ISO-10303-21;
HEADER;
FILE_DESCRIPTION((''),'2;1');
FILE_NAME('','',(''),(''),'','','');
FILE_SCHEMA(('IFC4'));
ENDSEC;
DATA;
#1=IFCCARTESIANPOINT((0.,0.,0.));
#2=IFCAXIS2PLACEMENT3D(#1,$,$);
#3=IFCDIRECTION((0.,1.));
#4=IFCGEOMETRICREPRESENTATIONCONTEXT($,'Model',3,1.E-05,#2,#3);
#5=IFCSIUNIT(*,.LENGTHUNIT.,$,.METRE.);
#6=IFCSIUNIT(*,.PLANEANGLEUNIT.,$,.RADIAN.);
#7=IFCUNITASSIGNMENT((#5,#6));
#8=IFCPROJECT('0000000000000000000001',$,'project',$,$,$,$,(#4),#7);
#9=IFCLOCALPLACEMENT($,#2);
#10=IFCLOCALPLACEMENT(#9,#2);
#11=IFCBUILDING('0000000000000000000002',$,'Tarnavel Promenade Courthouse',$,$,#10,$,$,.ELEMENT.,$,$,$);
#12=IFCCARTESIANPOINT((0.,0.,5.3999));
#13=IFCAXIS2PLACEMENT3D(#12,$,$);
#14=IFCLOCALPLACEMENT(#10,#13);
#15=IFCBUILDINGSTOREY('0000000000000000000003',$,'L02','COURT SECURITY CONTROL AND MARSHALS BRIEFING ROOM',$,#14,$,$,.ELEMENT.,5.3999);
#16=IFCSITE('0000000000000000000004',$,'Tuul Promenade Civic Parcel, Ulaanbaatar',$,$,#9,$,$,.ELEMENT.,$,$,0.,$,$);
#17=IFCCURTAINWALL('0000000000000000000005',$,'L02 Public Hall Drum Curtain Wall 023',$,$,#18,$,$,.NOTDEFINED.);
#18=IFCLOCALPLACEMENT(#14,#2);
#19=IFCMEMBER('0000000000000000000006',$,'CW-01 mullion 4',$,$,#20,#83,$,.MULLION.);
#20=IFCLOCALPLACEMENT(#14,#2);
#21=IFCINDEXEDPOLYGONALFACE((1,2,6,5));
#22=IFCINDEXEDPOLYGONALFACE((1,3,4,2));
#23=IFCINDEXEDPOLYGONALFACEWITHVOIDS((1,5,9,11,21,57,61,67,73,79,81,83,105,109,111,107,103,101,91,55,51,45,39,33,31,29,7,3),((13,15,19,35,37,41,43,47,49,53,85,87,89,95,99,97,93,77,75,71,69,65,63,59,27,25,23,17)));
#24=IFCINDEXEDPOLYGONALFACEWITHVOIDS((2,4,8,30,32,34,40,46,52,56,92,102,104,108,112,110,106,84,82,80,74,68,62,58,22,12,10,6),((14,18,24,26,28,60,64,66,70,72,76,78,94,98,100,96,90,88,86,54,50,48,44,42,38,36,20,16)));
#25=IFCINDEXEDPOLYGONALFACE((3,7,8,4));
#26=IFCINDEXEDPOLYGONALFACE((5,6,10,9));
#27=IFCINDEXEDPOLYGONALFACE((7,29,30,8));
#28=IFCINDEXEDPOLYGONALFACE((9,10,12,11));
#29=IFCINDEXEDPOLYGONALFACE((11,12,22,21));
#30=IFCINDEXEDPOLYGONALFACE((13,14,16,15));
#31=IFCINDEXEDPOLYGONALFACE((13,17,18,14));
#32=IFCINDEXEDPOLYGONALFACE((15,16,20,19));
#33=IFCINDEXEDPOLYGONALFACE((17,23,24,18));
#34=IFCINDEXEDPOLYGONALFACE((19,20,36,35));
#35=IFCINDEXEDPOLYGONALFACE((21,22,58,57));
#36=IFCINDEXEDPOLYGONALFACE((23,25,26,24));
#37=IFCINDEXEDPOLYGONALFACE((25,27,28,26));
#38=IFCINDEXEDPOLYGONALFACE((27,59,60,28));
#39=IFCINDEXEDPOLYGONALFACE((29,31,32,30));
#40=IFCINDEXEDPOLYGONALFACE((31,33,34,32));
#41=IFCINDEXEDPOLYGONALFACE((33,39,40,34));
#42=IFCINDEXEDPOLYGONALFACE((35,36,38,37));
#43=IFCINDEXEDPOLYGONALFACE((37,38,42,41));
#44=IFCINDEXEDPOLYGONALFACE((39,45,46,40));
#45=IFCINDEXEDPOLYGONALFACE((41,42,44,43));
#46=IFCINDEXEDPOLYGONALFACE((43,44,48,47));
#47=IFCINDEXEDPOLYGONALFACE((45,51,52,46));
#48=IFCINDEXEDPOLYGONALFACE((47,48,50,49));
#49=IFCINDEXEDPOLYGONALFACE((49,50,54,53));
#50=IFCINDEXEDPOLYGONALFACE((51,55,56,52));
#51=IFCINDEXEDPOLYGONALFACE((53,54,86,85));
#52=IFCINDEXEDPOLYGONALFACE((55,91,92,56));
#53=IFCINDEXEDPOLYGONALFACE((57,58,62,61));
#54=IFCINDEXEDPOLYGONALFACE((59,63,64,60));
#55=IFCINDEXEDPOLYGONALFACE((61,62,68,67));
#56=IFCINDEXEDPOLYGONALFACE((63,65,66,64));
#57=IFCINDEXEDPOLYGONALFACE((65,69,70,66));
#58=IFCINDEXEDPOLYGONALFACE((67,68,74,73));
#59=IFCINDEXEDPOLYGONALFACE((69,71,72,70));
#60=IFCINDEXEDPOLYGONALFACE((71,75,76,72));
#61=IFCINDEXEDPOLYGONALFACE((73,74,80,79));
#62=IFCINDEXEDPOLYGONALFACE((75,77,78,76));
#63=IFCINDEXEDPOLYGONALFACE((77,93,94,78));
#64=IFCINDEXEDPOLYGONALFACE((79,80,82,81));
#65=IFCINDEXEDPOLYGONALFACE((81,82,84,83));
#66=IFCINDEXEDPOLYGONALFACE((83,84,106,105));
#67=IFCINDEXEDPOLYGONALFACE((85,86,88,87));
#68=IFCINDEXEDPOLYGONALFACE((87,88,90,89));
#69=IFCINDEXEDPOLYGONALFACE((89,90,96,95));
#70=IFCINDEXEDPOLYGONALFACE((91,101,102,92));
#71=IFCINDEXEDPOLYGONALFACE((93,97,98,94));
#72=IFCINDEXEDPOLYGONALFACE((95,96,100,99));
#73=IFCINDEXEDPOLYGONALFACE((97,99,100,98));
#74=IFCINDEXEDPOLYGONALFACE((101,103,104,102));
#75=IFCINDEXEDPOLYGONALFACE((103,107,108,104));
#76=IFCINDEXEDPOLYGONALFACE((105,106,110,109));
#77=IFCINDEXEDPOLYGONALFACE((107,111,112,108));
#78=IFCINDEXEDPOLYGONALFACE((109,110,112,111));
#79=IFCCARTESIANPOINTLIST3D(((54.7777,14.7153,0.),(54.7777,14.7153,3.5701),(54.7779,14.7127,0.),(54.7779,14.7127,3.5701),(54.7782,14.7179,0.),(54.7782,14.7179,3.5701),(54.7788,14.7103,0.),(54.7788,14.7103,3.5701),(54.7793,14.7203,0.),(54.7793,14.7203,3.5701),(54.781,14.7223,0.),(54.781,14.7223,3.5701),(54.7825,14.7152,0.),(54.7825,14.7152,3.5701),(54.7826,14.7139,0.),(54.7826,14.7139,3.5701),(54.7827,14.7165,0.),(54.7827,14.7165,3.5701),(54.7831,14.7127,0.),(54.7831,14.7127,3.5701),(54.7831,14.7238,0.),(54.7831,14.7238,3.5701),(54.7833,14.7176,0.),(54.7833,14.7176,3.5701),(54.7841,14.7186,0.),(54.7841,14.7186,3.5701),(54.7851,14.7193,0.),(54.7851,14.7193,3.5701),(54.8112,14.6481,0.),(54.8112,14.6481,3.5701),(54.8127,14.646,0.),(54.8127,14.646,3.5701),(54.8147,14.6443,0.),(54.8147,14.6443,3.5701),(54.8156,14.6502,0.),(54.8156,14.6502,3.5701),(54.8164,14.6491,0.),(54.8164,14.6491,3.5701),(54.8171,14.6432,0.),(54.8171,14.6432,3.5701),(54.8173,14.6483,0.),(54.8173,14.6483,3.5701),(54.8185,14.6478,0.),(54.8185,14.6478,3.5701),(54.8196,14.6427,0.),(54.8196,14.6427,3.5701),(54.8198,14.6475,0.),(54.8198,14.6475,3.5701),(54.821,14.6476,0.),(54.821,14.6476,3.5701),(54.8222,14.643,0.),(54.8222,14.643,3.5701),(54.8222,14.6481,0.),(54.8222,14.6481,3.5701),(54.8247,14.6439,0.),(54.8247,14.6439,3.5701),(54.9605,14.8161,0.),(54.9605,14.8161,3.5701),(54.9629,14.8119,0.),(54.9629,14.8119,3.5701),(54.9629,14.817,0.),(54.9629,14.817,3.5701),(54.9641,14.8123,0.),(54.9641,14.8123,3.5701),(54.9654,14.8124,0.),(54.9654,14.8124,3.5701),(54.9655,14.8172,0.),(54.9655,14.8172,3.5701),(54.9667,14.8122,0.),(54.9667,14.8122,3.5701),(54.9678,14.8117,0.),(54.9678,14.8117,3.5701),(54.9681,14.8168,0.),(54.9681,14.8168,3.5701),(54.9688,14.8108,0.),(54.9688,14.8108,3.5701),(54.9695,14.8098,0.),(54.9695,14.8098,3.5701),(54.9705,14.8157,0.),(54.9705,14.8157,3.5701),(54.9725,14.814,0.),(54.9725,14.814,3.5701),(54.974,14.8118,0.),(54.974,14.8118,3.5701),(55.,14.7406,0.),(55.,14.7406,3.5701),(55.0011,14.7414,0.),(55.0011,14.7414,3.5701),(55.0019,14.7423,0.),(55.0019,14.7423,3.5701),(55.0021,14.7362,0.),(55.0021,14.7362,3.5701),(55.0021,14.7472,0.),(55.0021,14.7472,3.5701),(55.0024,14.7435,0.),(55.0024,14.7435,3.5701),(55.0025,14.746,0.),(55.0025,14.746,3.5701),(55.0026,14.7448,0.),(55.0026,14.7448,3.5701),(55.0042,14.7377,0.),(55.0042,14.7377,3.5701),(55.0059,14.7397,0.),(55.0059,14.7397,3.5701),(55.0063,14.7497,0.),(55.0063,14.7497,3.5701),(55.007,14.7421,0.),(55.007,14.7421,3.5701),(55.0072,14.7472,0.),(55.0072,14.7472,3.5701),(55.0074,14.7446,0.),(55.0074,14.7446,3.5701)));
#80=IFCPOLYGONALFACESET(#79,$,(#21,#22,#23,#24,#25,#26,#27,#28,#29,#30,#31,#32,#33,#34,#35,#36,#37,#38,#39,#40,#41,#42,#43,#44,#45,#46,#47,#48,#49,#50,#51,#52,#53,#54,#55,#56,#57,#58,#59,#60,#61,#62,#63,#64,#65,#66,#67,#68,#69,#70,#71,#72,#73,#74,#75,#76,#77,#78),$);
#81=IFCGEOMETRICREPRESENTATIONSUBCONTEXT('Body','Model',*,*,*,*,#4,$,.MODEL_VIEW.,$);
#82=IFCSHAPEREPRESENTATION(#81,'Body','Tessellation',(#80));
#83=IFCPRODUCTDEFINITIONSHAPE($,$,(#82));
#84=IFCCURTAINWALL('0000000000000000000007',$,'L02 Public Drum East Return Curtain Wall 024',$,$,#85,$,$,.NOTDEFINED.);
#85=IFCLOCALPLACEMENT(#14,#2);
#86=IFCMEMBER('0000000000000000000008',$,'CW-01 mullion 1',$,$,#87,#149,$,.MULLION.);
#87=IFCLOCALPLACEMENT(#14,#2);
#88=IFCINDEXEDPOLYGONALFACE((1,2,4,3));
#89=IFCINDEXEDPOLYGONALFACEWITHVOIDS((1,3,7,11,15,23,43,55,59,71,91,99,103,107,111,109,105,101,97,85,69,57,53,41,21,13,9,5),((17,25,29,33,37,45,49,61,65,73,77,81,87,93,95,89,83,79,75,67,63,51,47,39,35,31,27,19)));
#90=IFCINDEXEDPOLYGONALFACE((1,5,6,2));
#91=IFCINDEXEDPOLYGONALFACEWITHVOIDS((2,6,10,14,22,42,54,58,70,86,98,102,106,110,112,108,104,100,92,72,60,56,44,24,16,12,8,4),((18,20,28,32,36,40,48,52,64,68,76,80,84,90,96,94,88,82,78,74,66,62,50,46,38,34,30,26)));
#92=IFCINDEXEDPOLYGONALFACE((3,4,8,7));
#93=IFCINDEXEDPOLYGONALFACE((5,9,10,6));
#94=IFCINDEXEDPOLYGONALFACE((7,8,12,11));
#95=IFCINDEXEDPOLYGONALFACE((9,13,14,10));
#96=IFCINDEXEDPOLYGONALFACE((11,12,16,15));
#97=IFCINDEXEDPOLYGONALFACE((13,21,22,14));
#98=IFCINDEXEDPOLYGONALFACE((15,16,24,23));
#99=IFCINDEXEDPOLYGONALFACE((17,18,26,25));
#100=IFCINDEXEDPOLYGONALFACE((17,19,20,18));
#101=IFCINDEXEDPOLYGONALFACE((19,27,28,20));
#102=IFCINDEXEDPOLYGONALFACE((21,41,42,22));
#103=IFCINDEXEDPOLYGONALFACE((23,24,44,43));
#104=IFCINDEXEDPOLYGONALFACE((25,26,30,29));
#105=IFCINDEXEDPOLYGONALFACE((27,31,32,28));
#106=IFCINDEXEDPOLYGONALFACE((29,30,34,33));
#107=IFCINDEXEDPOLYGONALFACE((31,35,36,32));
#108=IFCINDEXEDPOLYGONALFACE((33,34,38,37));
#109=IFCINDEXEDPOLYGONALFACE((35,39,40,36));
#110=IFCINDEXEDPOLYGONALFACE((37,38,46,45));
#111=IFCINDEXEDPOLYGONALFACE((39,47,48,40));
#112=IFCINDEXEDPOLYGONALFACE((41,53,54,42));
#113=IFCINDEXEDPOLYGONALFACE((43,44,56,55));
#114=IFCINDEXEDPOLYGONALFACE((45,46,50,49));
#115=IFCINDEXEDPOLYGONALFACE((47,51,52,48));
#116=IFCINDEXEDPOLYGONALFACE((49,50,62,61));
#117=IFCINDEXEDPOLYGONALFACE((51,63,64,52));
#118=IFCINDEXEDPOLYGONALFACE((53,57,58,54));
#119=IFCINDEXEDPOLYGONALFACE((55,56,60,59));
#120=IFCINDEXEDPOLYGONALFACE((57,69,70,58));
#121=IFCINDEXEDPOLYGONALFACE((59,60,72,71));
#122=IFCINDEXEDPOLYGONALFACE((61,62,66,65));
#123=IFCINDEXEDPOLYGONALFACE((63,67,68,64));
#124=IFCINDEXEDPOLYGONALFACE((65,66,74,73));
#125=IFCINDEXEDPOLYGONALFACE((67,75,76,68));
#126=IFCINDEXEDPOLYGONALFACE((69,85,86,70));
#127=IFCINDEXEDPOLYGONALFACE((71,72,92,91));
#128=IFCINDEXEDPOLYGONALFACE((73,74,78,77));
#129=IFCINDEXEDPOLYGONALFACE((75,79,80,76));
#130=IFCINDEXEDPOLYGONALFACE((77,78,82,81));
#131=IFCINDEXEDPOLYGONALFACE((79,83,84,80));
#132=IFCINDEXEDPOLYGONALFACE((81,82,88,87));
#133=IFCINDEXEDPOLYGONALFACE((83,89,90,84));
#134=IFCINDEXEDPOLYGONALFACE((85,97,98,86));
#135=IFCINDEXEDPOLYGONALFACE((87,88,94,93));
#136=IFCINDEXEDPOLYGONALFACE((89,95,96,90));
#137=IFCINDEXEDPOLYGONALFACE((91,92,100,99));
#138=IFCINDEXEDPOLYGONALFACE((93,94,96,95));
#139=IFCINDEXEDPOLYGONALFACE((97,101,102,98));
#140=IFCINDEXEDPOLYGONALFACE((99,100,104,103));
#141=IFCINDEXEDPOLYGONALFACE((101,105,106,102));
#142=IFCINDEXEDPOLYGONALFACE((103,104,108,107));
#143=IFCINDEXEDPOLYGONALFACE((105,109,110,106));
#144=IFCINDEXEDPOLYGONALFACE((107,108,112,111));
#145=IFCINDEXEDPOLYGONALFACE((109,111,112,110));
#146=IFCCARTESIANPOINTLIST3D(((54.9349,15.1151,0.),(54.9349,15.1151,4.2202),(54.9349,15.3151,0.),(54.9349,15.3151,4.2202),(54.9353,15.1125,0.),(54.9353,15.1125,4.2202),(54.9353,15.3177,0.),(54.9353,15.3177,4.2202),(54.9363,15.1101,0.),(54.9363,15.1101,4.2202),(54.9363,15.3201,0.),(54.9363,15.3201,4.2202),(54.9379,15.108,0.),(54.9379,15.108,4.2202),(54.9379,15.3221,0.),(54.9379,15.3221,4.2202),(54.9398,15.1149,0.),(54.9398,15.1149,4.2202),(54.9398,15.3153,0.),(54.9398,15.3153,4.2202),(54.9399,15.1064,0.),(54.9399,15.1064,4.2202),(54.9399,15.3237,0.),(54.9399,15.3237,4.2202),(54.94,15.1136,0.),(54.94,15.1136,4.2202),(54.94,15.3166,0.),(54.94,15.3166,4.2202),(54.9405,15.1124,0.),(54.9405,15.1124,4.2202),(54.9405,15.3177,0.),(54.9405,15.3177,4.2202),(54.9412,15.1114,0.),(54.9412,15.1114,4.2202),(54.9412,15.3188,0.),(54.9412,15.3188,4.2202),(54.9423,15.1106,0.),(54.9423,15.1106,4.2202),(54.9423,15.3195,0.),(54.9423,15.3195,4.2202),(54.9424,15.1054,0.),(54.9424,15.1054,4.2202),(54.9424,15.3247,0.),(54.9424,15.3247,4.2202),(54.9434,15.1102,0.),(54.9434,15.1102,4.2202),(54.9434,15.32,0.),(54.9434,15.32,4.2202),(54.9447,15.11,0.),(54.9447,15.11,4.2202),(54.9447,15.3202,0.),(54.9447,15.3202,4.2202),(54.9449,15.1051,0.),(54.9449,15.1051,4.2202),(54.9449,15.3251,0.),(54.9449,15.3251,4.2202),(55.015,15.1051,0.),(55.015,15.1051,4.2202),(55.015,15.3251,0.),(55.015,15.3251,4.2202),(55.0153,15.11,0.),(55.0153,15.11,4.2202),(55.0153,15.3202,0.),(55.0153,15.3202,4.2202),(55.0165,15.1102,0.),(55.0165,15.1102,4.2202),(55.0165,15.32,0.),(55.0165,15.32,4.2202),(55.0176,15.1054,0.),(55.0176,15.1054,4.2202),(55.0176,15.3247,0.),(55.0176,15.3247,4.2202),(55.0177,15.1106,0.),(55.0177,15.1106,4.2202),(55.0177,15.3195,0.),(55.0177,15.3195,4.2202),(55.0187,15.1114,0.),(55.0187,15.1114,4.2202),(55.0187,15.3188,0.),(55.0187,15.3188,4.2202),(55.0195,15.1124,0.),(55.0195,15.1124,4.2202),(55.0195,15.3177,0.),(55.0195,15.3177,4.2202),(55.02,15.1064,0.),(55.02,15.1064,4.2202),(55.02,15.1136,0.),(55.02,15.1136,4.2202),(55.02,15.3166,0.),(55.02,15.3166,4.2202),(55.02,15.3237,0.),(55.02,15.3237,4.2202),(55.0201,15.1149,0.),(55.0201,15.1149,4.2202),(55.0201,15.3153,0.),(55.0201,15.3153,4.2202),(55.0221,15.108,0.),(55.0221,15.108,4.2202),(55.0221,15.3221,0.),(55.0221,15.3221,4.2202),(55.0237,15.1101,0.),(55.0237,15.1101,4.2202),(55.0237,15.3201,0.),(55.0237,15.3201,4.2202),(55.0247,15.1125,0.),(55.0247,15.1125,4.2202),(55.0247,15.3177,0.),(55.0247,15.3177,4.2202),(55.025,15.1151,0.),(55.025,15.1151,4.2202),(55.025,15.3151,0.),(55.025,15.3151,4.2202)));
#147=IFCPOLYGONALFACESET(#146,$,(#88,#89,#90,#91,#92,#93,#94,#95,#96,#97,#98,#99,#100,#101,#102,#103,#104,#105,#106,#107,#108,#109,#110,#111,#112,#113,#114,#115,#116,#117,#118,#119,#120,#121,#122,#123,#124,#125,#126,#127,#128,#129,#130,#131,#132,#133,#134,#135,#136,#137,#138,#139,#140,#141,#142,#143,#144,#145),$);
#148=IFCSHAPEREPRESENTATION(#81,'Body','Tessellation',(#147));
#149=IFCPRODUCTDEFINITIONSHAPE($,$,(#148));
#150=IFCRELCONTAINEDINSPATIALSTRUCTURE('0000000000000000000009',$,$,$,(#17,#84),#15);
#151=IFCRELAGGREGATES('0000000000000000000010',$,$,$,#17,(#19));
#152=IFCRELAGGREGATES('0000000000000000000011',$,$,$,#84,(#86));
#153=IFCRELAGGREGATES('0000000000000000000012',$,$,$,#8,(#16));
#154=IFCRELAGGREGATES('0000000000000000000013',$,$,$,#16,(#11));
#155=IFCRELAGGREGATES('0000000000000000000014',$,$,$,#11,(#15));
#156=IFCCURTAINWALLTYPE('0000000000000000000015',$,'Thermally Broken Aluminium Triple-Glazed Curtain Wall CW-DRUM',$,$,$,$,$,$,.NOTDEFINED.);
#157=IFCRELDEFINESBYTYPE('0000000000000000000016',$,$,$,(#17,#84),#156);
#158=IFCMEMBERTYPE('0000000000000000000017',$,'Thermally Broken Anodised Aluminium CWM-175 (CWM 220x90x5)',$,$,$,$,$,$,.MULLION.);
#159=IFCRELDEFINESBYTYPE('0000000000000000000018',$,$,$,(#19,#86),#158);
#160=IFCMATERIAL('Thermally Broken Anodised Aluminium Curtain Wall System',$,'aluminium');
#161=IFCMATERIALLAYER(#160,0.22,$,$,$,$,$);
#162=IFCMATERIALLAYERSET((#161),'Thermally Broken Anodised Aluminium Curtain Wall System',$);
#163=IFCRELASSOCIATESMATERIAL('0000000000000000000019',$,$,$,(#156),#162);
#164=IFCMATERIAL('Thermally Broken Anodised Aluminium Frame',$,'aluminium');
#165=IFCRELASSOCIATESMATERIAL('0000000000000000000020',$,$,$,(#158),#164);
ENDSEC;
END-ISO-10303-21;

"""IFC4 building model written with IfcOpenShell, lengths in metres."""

from ifc_helpers import new_model, si_unit, direction, frame, origin, origin_2d, place, context, subcontext, project, spatial, hollow_rectangle, extrude, material, layer, layer_set, material_profile, profile_set, type_object, element, aggregate, save


model = new_model("IFC4")

# Units and contexts
model_context = context("Model", 3, precision=1e-05, world=origin(), true_north=direction((0.0, 1.0)))
body_context = subcontext(model_context, "Body", "Model", "MODEL_VIEW")
ifc_project = project(units=[si_unit("LENGTHUNIT", "METRE"), si_unit("PLANEANGLEUNIT", "RADIAN")], contexts=[model_context])

# Site, building, storey
site_placement = place(None, origin())
site = spatial("IfcSite", under=ifc_project, at=site_placement, Name="Tuul Promenade Civic Parcel, Ulaanbaatar", CompositionType="ELEMENT", RefElevation=0.0)
building_placement = place(site_placement, origin())
building = spatial("IfcBuilding", under=site, at=building_placement, Name="Tarnavel Promenade Courthouse", CompositionType="ELEMENT")
storey_placement = place(building_placement, frame((0.0, 0.0, 5.3999)))
storey = spatial("IfcBuildingStorey", under=building, at=storey_placement, Name="L02", Description="COURT SECURITY CONTROL AND MARSHALS BRIEFING ROOM", CompositionType="ELEMENT", Elevation=5.3999)

# Curtain walls, members
ifc_material_1 = material(Name="Thermally Broken Anodised Aluminium Curtain Wall System", Category="aluminium")
ifc_layer_1 = layer(ifc_material_1, 0.22)
ifc_layer_set_1 = layer_set([ifc_layer_1], Name="Thermally Broken Anodised Aluminium Curtain Wall System")
curtain_wall_type = type_object("IfcCurtainWallType", Name="Thermally Broken Aluminium Triple-Glazed Curtain Wall CW-DRUM", PredefinedType="NOTDEFINED", material=ifc_layer_set_1)
curtain_wall_1_placement = place(storey_placement, origin())
curtain_wall_1 = element("IfcCurtainWall", 1, at=curtain_wall_1_placement, inside=storey, type_object=curtain_wall_type, Name="L02 Public Hall Drum Curtain Wall 023", PredefinedType="NOTDEFINED")
ifc_material_2 = material(Name="Thermally Broken Anodised Aluminium Frame", Category="aluminium")
ifc_material_profile_1 = material_profile(ifc_material_2, hollow_rectangle(XDim=0.0901, YDim=0.22, WallThickness=0.0049, InnerFilletRadius=0.0049, OuterFilletRadius=0.01, at=origin_2d()), Name="CWM 220x90x5")
ifc_profile_set_1 = profile_set([ifc_material_profile_1], Name="Thermally Broken Anodised Aluminium Frame")
member_type_1 = type_object("IfcMemberType", Name="Thermally Broken Anodised Aluminium CWM-175 (CWM 220x90x5)", PredefinedType="MULLION", material=ifc_profile_set_1)
member_1_placement = place(storey_placement, frame((54.8926, 14.73, 0.0), z_axis=(0.0, 0.0, 1.0), x_axis=(-0.461747, 0.887011, 0.0)))
member_1 = element("IfcMember", 2, at=member_1_placement, type_object=member_type_1, Name="CW-01 mullion 4", PredefinedType="MULLION", context=body_context, shape_type="SweptSolid", body=[
    extrude(hollow_rectangle(XDim=0.0901, YDim=0.22, WallThickness=0.0049, InnerFilletRadius=0.0049, OuterFilletRadius=0.01, at=origin_2d()), origin(), (0.0, 0.0, 1.0), 3.5701),
])
curtain_wall_2_placement = place(storey_placement, origin())
curtain_wall_2 = element("IfcCurtainWall", 3, at=curtain_wall_2_placement, inside=storey, type_object=curtain_wall_type, Name="L02 Public Drum East Return Curtain Wall 024", PredefinedType="NOTDEFINED")
member_2_placement = place(storey_placement, frame((54.98, 15.2151, 0.0), z_axis=(0.0, 0.0, 1.0), x_axis=(-1.0, 0.0, 0.0)))
member_2 = element("IfcMember", 4, at=member_2_placement, type_object=member_type_1, Name="CW-01 mullion 1", PredefinedType="MULLION", context=body_context, shape_type="SweptSolid", body=[
    extrude(hollow_rectangle(XDim=0.0901, YDim=0.22, WallThickness=0.0049, InnerFilletRadius=0.0049, OuterFilletRadius=0.01, at=origin_2d()), origin(), (0.0, 0.0, 1.0), 4.2202),
])

aggregate(curtain_wall_1, [member_1])
aggregate(curtain_wall_2, [member_2])

save(model, "model.ifc")
